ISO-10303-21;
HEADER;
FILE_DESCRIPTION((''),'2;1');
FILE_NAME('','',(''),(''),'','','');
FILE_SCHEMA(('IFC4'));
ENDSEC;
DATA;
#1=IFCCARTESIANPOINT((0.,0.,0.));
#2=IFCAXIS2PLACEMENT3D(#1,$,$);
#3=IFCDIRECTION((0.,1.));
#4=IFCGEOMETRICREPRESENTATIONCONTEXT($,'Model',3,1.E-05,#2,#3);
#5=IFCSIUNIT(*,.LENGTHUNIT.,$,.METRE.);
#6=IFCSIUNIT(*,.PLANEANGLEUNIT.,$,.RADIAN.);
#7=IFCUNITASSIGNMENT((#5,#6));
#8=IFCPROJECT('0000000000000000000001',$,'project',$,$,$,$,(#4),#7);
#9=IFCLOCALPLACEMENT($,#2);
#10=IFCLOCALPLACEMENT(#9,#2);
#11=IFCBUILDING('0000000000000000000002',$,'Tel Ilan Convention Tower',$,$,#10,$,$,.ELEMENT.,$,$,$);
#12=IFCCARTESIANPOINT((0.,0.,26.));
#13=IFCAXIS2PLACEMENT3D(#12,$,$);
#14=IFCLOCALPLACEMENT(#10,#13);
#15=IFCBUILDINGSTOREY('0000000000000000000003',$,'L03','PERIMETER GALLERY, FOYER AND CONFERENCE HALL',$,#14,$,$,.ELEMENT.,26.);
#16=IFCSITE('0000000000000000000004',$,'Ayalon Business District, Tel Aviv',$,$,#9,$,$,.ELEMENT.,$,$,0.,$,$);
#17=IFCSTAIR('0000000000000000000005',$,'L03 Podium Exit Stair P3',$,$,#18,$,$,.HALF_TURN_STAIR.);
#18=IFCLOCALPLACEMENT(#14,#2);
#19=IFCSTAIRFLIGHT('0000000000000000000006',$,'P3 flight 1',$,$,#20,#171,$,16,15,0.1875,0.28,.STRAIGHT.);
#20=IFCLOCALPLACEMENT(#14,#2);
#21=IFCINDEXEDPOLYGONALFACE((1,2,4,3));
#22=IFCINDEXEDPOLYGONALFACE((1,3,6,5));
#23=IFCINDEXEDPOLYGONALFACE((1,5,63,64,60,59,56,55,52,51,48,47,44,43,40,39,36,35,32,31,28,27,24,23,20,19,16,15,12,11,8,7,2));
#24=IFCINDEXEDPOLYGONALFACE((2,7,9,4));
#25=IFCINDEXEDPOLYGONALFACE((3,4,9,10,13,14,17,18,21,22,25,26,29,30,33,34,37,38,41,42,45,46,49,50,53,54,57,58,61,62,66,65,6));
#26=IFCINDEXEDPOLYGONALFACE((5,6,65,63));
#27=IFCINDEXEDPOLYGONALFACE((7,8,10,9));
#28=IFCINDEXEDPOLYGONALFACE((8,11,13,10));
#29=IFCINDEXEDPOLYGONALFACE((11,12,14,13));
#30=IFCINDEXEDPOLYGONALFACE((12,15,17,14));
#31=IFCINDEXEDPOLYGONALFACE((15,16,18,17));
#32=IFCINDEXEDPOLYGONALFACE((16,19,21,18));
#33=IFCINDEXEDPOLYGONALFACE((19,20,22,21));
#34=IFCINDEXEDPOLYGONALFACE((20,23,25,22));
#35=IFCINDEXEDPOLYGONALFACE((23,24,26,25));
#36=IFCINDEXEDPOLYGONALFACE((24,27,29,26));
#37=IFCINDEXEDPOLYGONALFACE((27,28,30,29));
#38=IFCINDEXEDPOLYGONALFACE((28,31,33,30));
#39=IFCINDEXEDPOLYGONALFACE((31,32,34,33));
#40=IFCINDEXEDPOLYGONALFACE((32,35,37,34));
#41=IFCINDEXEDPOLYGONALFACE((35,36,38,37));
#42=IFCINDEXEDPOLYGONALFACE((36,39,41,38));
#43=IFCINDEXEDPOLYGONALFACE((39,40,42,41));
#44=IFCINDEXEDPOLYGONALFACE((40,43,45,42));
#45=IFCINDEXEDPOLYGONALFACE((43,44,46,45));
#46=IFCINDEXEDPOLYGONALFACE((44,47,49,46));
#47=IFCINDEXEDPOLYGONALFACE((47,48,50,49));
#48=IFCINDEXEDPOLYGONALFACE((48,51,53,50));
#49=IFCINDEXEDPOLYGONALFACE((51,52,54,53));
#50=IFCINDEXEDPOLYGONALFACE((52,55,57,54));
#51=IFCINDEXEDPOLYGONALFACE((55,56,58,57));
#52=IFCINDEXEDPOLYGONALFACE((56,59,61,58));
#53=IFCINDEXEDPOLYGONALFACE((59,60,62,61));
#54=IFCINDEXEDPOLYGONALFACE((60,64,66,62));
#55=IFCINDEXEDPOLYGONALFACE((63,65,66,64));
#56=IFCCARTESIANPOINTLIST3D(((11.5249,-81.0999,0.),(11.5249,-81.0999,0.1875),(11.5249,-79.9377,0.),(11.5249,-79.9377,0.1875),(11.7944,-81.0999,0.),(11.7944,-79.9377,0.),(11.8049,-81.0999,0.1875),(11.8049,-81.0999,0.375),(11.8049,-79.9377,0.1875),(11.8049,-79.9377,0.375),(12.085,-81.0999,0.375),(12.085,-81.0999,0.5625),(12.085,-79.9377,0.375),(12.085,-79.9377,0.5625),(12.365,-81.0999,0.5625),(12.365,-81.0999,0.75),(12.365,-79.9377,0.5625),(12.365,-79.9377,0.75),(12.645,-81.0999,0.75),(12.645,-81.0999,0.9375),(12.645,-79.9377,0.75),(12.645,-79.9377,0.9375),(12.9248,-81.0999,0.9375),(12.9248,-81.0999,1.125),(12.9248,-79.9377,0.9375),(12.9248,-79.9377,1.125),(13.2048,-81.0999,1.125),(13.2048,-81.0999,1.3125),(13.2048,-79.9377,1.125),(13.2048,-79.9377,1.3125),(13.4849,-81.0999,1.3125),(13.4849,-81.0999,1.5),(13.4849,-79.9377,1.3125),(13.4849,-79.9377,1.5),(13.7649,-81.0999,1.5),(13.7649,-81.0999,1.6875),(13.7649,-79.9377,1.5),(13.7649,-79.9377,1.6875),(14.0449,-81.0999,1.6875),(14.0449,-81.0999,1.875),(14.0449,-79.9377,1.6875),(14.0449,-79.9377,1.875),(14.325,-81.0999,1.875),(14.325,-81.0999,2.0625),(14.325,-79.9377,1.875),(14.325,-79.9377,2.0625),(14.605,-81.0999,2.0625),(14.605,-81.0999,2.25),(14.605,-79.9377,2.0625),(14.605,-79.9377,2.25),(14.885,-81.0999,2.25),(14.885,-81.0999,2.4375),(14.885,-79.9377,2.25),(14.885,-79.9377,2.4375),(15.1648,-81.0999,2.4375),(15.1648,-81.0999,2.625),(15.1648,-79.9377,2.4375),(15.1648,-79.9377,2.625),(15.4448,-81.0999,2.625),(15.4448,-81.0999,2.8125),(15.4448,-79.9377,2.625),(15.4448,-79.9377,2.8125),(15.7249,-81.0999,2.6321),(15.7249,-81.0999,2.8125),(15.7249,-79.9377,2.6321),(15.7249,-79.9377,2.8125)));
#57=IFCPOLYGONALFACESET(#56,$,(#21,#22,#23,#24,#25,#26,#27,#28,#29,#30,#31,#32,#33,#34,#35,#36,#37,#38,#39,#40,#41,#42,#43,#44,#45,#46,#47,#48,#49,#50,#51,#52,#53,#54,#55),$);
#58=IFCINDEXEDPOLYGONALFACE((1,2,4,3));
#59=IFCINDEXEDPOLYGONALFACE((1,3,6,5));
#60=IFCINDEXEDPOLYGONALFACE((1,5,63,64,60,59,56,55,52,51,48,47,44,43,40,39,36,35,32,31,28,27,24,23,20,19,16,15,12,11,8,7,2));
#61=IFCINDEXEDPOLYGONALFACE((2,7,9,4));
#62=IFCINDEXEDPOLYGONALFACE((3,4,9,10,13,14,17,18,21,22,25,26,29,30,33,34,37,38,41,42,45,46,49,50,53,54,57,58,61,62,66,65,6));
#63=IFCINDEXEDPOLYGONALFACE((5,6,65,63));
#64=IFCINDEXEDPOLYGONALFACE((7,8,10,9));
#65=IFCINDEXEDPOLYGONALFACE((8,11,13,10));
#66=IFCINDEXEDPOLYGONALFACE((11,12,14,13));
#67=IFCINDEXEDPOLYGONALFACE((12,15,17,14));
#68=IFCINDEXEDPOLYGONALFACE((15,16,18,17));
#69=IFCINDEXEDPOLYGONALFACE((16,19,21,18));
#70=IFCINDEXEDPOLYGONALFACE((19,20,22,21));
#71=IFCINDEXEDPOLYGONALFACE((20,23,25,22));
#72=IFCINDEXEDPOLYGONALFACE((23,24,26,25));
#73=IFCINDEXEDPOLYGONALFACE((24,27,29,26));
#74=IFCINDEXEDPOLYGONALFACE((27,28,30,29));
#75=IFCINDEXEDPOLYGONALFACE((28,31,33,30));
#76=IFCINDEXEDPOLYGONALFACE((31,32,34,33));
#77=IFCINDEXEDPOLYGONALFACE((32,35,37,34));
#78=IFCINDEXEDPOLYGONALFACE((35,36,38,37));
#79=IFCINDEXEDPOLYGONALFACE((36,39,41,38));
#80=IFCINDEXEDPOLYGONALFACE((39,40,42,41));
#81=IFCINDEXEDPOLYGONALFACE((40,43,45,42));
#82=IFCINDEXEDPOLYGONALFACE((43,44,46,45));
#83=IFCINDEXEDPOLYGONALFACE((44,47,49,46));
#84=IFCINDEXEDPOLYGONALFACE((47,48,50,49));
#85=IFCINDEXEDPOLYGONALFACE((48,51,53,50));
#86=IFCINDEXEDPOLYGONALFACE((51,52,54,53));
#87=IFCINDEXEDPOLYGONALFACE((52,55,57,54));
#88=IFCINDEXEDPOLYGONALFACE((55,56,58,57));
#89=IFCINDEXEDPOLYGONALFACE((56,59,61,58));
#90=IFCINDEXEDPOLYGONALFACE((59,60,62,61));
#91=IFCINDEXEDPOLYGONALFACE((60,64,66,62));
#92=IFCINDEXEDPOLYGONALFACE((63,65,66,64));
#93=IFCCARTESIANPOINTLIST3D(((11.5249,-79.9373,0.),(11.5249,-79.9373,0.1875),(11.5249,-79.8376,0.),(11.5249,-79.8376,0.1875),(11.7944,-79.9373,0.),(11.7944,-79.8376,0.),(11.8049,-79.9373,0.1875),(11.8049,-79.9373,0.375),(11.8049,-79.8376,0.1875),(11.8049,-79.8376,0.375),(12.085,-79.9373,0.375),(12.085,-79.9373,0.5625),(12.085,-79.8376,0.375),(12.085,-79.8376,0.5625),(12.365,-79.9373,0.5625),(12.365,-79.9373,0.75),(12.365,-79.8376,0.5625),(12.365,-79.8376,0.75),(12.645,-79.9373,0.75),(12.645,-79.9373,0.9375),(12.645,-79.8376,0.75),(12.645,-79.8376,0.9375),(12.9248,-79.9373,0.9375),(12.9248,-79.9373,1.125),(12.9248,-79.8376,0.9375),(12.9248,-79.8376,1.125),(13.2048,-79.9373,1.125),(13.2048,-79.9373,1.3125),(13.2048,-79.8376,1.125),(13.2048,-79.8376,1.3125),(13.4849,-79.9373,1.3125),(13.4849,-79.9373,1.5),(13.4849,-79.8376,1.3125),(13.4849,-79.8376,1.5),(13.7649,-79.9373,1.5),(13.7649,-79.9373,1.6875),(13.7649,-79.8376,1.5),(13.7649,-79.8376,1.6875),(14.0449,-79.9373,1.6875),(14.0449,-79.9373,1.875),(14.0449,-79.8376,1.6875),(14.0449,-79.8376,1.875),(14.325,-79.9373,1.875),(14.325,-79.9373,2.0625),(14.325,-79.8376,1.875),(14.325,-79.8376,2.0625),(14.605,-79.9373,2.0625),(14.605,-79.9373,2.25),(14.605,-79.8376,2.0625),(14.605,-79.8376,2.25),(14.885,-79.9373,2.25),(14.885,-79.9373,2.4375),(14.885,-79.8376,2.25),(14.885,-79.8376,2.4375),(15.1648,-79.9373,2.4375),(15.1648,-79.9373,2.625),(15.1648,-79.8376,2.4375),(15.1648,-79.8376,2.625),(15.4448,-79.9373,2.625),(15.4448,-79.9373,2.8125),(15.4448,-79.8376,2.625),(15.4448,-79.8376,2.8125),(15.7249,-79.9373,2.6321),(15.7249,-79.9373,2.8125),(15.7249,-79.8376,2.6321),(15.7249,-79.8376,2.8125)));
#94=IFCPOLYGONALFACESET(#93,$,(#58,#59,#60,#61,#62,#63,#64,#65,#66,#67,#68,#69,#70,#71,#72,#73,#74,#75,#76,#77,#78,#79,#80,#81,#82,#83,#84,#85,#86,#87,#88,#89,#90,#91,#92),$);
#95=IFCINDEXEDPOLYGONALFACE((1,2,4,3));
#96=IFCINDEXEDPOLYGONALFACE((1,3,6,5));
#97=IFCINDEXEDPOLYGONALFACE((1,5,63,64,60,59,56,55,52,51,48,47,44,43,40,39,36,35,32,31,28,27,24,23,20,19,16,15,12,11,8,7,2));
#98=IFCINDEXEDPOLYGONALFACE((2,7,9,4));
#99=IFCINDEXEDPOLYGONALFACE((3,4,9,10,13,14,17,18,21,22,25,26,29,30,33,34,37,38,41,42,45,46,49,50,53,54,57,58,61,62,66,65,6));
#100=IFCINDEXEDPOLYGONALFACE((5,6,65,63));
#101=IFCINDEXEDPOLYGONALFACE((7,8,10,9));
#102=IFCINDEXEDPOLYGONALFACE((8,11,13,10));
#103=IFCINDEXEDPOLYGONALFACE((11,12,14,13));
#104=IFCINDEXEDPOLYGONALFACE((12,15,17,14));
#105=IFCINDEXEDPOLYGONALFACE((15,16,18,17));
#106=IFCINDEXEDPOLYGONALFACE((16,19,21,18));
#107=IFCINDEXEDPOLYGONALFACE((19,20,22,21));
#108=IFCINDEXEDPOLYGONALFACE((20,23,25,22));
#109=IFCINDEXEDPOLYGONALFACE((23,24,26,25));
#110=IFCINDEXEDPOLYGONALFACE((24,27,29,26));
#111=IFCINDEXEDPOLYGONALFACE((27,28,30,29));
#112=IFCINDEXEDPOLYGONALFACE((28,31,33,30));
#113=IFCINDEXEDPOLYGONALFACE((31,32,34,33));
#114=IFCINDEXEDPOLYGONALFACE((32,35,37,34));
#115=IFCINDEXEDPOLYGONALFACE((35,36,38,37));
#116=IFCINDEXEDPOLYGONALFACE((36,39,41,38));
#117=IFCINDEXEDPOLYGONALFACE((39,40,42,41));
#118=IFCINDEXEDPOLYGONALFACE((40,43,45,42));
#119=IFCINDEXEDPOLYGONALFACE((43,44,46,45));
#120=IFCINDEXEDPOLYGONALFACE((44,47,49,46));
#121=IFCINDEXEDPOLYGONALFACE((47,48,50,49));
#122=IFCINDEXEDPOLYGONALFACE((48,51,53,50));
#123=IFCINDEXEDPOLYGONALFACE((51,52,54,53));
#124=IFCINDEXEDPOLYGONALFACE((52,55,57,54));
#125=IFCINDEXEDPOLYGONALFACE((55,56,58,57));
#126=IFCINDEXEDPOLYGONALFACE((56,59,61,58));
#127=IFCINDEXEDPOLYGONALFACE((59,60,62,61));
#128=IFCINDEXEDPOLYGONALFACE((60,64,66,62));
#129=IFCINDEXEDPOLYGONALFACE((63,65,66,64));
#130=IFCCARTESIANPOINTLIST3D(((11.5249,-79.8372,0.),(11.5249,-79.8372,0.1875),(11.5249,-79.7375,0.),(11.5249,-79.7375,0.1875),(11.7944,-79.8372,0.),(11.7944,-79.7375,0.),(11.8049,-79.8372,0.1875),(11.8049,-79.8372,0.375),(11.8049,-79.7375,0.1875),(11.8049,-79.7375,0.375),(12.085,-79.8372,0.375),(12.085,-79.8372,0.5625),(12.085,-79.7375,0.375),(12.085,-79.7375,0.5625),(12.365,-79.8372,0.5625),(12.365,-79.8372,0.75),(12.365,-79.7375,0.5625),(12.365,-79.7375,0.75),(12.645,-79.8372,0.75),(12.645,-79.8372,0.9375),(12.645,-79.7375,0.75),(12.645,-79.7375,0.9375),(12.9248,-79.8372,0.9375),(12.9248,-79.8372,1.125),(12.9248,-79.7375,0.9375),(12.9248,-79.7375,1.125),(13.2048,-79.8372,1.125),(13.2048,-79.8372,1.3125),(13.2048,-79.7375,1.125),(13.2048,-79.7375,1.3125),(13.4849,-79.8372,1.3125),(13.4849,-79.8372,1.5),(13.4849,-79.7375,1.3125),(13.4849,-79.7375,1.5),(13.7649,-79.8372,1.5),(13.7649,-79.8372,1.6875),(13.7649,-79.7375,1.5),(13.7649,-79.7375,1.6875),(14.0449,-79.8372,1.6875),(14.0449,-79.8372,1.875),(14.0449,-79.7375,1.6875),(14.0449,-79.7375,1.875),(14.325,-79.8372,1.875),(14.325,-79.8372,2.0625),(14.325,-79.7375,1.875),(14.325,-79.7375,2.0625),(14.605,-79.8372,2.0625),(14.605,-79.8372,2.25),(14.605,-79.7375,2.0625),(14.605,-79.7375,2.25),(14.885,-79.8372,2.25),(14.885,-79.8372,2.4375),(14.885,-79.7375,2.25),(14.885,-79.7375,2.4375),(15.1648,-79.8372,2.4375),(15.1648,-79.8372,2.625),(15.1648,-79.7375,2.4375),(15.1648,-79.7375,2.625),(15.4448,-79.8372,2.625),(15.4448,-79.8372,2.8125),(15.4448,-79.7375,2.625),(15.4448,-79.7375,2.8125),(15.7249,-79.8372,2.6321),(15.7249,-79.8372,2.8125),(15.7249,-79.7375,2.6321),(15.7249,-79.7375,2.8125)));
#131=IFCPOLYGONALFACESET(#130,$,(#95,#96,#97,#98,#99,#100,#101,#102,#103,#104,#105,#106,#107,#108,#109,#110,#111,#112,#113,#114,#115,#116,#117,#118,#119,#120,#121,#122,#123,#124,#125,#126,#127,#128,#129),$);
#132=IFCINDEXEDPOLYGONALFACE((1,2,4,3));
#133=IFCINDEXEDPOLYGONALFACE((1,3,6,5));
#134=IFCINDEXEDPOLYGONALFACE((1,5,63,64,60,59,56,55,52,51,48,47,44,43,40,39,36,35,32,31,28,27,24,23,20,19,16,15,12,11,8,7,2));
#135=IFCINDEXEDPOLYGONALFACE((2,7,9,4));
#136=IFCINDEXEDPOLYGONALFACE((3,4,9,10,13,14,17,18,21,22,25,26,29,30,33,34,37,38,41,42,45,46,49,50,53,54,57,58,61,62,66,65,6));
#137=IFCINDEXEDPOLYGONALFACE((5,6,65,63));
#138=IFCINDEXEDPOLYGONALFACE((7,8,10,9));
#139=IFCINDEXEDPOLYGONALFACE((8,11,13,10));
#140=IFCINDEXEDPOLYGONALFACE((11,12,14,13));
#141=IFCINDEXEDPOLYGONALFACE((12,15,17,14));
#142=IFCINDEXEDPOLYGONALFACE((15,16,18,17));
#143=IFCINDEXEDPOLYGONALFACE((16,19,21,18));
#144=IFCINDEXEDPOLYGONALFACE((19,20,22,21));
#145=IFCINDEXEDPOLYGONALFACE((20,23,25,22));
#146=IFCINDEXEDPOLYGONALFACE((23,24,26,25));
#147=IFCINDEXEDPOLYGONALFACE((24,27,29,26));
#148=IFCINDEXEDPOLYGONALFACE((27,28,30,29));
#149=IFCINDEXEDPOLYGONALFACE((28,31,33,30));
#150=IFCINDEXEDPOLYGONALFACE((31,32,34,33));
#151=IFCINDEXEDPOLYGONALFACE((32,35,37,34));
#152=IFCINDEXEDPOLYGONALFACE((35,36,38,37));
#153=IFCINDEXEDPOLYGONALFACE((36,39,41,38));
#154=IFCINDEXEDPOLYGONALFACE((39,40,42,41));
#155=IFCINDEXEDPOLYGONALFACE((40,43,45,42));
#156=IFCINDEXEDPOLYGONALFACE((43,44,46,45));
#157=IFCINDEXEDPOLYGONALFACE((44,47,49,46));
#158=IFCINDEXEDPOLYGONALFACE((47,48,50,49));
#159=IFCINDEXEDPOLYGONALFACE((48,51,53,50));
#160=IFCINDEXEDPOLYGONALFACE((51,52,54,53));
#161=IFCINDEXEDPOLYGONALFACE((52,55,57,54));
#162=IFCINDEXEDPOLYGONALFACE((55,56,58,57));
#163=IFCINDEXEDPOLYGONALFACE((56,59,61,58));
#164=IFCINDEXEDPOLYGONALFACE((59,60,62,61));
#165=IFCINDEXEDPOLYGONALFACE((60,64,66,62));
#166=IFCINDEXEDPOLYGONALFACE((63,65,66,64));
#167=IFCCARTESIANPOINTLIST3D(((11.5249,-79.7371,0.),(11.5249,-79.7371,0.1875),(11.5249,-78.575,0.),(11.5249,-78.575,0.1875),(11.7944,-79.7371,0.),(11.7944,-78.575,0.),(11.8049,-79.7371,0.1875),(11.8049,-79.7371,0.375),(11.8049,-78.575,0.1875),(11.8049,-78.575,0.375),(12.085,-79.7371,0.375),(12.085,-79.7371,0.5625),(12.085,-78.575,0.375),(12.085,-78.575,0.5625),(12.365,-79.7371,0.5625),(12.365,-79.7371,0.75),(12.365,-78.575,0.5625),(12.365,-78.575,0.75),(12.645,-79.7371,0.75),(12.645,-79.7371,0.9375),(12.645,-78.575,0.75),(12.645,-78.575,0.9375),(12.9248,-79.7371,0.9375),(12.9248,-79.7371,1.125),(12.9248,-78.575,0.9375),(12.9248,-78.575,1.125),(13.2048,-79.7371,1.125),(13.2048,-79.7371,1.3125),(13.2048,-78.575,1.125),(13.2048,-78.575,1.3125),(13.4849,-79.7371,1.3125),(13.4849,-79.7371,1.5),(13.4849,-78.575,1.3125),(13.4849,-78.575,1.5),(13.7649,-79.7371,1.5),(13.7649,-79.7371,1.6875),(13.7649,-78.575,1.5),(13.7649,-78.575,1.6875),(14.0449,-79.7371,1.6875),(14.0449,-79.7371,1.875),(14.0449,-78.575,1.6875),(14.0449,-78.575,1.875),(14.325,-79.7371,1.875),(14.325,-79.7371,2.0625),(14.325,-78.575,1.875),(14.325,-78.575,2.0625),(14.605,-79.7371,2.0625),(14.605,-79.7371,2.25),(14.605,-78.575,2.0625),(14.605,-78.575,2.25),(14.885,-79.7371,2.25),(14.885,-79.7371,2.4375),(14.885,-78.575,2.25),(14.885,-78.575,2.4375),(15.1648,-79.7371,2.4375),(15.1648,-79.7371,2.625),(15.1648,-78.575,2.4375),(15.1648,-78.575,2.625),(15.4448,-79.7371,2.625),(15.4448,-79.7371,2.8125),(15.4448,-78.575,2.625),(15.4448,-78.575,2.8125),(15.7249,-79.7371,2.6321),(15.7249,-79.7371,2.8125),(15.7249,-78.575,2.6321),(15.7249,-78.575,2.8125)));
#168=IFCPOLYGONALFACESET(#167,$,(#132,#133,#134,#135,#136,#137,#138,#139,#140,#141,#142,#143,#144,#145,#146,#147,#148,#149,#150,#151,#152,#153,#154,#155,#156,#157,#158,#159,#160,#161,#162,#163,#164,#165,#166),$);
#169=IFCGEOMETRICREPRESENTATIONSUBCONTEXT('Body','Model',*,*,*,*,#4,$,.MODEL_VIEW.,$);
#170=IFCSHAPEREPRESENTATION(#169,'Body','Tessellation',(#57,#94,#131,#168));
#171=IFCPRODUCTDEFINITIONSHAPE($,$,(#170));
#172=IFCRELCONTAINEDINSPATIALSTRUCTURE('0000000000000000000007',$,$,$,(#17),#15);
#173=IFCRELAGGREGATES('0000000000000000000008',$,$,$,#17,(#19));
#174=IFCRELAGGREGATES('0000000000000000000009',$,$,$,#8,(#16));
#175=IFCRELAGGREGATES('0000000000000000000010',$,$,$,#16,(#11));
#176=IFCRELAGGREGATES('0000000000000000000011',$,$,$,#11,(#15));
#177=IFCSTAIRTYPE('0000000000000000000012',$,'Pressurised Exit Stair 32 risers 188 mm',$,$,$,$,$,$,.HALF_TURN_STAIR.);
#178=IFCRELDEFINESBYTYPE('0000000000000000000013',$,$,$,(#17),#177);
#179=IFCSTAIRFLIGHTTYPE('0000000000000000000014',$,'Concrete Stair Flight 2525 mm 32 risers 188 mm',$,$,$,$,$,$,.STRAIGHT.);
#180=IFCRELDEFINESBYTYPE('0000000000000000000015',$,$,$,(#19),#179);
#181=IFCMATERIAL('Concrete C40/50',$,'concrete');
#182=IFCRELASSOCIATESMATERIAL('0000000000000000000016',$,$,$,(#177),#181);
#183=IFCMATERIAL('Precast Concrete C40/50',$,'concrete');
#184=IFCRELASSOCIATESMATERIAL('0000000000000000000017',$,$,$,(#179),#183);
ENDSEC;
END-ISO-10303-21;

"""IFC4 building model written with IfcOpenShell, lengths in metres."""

from ifc_helpers import new_model, si_unit, direction, frame, origin, place, context, subcontext, project, spatial, polyline, outline, extrude, material, type_object, element, aggregate, save


model = new_model("IFC4")

# Units and contexts
model_context = context("Model", 3, precision=1e-05, world=origin(), true_north=direction((0.0, 1.0)))
body_context = subcontext(model_context, "Body", "Model", "MODEL_VIEW")
ifc_project = project(units=[si_unit("LENGTHUNIT", "METRE"), si_unit("PLANEANGLEUNIT", "RADIAN")], contexts=[model_context])

# Site, building, storey
site_placement = place(None, origin())
site = spatial("IfcSite", under=ifc_project, at=site_placement, Name="Ayalon Business District, Tel Aviv", CompositionType="ELEMENT", RefElevation=0.0)
building_placement = place(site_placement, origin())
building = spatial("IfcBuilding", under=site, at=building_placement, Name="Tel Ilan Convention Tower", CompositionType="ELEMENT")
storey_placement = place(building_placement, frame((0.0, 0.0, 26.0)))
storey = spatial("IfcBuildingStorey", under=building, at=storey_placement, Name="L03", Description="PERIMETER GALLERY, FOYER AND CONFERENCE HALL", CompositionType="ELEMENT", Elevation=26.0)

# Stair, stair flight
ifc_material_1 = material(Name="Concrete C40/50", Category="concrete")
stair_type = type_object("IfcStairType", Name="Pressurised Exit Stair 32 risers 188 mm", PredefinedType="HALF_TURN_STAIR", material=ifc_material_1)
stair_placement = place(storey_placement, origin())
stair = element("IfcStair", 1, at=stair_placement, inside=storey, type_object=stair_type, Name="L03 Podium Exit Stair P3", PredefinedType="HALF_TURN_STAIR")
ifc_material_2 = material(Name="Precast Concrete C40/50", Category="concrete")
stair_flight_type = type_object("IfcStairFlightType", Name="Concrete Stair Flight 2525 mm 32 risers 188 mm", PredefinedType="STRAIGHT", material=ifc_material_2)
stair_flight_placement = place(storey_placement, frame((11.5249, -79.8374, 0.0), z_axis=(0.0, 0.0, 1.0), x_axis=(1.0, 0.0, 0.0)))
stair_flight = element("IfcStairFlight", 2, at=stair_flight_placement, type_object=stair_flight_type, Name="P3 flight 1", NumberOfRisers=16, NumberOfTreads=15, PredefinedType="STRAIGHT", RiserHeight=0.1875, TreadLength=0.28, context=body_context, shape_type="SweptSolid", body=[
    extrude(outline(polyline([(0.0, 0.0), (0.0, 0.1875), (0.28, 0.1875), (0.28, 0.375), (0.5601, 0.375), (0.5601, 0.5625), (0.8401, 0.5625), (0.8401, 0.75), (1.1201, 0.75), (1.1201, 0.9375), (1.3999, 0.9375), (1.3999, 1.125), (1.6799, 1.125), (1.6799, 1.3125), (1.96, 1.3125), (1.96, 1.5), (2.24, 1.5), (2.24, 1.6875), (2.52, 1.6875), (2.52, 1.875), (2.8, 1.875), (2.8, 2.0625), (3.0801, 2.0625), (3.0801, 2.25), (3.3601, 2.25), (3.3601, 2.4375), (3.6399, 2.4375), (3.6399, 2.625), (3.9199, 2.625), (3.9199, 2.8125), (4.2, 2.8125), (4.2, 3.0), (4.2, 2.6321), (0.2695, 0.0), (0.0, 0.0)])), frame((0.0, -0.1003, 0.0), z_axis=(0.0, -1.0, 0.0), x_axis=(1.0, 0.0, 0.0)), (0.0, 0.0, 1.0), 1.1621),
    extrude(outline(polyline([(0.0, 0.0), (0.0, 0.1875), (0.28, 0.1875), (0.28, 0.375), (0.5601, 0.375), (0.5601, 0.5625), (0.8401, 0.5625), (0.8401, 0.75), (1.1201, 0.75), (1.1201, 0.9375), (1.3999, 0.9375), (1.3999, 1.125), (1.6799, 1.125), (1.6799, 1.3125), (1.96, 1.3125), (1.96, 1.5), (2.24, 1.5), (2.24, 1.6875), (2.52, 1.6875), (2.52, 1.875), (2.8, 1.875), (2.8, 2.0625), (3.0801, 2.0625), (3.0801, 2.25), (3.3601, 2.25), (3.3601, 2.4375), (3.6399, 2.4375), (3.6399, 2.625), (3.9199, 2.625), (3.9199, 2.8125), (4.2, 2.8125), (4.2, 3.0), (4.2, 2.6321), (0.2695, 0.0), (0.0, 0.0)])), frame((0.0, -0.0002, 0.0), z_axis=(0.0, -1.0, 0.0), x_axis=(1.0, 0.0, 0.0)), (0.0, 0.0, 1.0), 0.0996),
    extrude(outline(polyline([(0.0, 0.0), (0.0, 0.1875), (0.28, 0.1875), (0.28, 0.375), (0.5601, 0.375), (0.5601, 0.5625), (0.8401, 0.5625), (0.8401, 0.75), (1.1201, 0.75), (1.1201, 0.9375), (1.3999, 0.9375), (1.3999, 1.125), (1.6799, 1.125), (1.6799, 1.3125), (1.96, 1.3125), (1.96, 1.5), (2.24, 1.5), (2.24, 1.6875), (2.52, 1.6875), (2.52, 1.875), (2.8, 1.875), (2.8, 2.0625), (3.0801, 2.0625), (3.0801, 2.25), (3.3601, 2.25), (3.3601, 2.4375), (3.6399, 2.4375), (3.6399, 2.625), (3.9199, 2.625), (3.9199, 2.8125), (4.2, 2.8125), (4.2, 3.0), (4.2, 2.6321), (0.2695, 0.0), (0.0, 0.0)])), frame((0.0, 0.0999, 0.0), z_axis=(0.0, -1.0, 0.0), x_axis=(1.0, 0.0, 0.0)), (0.0, 0.0, 1.0), 0.0996),
    extrude(outline(polyline([(0.0, 0.0), (0.0, 0.1875), (0.28, 0.1875), (0.28, 0.375), (0.5601, 0.375), (0.5601, 0.5625), (0.8401, 0.5625), (0.8401, 0.75), (1.1201, 0.75), (1.1201, 0.9375), (1.3999, 0.9375), (1.3999, 1.125), (1.6799, 1.125), (1.6799, 1.3125), (1.96, 1.3125), (1.96, 1.5), (2.24, 1.5), (2.24, 1.6875), (2.52, 1.6875), (2.52, 1.875), (2.8, 1.875), (2.8, 2.0625), (3.0801, 2.0625), (3.0801, 2.25), (3.3601, 2.25), (3.3601, 2.4375), (3.6399, 2.4375), (3.6399, 2.625), (3.9199, 2.625), (3.9199, 2.8125), (4.2, 2.8125), (4.2, 3.0), (4.2, 2.6321), (0.2695, 0.0), (0.0, 0.0)])), frame((0.0, 1.2625, 0.0), z_axis=(0.0, -1.0, 0.0), x_axis=(1.0, 0.0, 0.0)), (0.0, 0.0, 1.0), 1.1621),
])
aggregate(stair, [stair_flight])

save(model, "model.ifc")
